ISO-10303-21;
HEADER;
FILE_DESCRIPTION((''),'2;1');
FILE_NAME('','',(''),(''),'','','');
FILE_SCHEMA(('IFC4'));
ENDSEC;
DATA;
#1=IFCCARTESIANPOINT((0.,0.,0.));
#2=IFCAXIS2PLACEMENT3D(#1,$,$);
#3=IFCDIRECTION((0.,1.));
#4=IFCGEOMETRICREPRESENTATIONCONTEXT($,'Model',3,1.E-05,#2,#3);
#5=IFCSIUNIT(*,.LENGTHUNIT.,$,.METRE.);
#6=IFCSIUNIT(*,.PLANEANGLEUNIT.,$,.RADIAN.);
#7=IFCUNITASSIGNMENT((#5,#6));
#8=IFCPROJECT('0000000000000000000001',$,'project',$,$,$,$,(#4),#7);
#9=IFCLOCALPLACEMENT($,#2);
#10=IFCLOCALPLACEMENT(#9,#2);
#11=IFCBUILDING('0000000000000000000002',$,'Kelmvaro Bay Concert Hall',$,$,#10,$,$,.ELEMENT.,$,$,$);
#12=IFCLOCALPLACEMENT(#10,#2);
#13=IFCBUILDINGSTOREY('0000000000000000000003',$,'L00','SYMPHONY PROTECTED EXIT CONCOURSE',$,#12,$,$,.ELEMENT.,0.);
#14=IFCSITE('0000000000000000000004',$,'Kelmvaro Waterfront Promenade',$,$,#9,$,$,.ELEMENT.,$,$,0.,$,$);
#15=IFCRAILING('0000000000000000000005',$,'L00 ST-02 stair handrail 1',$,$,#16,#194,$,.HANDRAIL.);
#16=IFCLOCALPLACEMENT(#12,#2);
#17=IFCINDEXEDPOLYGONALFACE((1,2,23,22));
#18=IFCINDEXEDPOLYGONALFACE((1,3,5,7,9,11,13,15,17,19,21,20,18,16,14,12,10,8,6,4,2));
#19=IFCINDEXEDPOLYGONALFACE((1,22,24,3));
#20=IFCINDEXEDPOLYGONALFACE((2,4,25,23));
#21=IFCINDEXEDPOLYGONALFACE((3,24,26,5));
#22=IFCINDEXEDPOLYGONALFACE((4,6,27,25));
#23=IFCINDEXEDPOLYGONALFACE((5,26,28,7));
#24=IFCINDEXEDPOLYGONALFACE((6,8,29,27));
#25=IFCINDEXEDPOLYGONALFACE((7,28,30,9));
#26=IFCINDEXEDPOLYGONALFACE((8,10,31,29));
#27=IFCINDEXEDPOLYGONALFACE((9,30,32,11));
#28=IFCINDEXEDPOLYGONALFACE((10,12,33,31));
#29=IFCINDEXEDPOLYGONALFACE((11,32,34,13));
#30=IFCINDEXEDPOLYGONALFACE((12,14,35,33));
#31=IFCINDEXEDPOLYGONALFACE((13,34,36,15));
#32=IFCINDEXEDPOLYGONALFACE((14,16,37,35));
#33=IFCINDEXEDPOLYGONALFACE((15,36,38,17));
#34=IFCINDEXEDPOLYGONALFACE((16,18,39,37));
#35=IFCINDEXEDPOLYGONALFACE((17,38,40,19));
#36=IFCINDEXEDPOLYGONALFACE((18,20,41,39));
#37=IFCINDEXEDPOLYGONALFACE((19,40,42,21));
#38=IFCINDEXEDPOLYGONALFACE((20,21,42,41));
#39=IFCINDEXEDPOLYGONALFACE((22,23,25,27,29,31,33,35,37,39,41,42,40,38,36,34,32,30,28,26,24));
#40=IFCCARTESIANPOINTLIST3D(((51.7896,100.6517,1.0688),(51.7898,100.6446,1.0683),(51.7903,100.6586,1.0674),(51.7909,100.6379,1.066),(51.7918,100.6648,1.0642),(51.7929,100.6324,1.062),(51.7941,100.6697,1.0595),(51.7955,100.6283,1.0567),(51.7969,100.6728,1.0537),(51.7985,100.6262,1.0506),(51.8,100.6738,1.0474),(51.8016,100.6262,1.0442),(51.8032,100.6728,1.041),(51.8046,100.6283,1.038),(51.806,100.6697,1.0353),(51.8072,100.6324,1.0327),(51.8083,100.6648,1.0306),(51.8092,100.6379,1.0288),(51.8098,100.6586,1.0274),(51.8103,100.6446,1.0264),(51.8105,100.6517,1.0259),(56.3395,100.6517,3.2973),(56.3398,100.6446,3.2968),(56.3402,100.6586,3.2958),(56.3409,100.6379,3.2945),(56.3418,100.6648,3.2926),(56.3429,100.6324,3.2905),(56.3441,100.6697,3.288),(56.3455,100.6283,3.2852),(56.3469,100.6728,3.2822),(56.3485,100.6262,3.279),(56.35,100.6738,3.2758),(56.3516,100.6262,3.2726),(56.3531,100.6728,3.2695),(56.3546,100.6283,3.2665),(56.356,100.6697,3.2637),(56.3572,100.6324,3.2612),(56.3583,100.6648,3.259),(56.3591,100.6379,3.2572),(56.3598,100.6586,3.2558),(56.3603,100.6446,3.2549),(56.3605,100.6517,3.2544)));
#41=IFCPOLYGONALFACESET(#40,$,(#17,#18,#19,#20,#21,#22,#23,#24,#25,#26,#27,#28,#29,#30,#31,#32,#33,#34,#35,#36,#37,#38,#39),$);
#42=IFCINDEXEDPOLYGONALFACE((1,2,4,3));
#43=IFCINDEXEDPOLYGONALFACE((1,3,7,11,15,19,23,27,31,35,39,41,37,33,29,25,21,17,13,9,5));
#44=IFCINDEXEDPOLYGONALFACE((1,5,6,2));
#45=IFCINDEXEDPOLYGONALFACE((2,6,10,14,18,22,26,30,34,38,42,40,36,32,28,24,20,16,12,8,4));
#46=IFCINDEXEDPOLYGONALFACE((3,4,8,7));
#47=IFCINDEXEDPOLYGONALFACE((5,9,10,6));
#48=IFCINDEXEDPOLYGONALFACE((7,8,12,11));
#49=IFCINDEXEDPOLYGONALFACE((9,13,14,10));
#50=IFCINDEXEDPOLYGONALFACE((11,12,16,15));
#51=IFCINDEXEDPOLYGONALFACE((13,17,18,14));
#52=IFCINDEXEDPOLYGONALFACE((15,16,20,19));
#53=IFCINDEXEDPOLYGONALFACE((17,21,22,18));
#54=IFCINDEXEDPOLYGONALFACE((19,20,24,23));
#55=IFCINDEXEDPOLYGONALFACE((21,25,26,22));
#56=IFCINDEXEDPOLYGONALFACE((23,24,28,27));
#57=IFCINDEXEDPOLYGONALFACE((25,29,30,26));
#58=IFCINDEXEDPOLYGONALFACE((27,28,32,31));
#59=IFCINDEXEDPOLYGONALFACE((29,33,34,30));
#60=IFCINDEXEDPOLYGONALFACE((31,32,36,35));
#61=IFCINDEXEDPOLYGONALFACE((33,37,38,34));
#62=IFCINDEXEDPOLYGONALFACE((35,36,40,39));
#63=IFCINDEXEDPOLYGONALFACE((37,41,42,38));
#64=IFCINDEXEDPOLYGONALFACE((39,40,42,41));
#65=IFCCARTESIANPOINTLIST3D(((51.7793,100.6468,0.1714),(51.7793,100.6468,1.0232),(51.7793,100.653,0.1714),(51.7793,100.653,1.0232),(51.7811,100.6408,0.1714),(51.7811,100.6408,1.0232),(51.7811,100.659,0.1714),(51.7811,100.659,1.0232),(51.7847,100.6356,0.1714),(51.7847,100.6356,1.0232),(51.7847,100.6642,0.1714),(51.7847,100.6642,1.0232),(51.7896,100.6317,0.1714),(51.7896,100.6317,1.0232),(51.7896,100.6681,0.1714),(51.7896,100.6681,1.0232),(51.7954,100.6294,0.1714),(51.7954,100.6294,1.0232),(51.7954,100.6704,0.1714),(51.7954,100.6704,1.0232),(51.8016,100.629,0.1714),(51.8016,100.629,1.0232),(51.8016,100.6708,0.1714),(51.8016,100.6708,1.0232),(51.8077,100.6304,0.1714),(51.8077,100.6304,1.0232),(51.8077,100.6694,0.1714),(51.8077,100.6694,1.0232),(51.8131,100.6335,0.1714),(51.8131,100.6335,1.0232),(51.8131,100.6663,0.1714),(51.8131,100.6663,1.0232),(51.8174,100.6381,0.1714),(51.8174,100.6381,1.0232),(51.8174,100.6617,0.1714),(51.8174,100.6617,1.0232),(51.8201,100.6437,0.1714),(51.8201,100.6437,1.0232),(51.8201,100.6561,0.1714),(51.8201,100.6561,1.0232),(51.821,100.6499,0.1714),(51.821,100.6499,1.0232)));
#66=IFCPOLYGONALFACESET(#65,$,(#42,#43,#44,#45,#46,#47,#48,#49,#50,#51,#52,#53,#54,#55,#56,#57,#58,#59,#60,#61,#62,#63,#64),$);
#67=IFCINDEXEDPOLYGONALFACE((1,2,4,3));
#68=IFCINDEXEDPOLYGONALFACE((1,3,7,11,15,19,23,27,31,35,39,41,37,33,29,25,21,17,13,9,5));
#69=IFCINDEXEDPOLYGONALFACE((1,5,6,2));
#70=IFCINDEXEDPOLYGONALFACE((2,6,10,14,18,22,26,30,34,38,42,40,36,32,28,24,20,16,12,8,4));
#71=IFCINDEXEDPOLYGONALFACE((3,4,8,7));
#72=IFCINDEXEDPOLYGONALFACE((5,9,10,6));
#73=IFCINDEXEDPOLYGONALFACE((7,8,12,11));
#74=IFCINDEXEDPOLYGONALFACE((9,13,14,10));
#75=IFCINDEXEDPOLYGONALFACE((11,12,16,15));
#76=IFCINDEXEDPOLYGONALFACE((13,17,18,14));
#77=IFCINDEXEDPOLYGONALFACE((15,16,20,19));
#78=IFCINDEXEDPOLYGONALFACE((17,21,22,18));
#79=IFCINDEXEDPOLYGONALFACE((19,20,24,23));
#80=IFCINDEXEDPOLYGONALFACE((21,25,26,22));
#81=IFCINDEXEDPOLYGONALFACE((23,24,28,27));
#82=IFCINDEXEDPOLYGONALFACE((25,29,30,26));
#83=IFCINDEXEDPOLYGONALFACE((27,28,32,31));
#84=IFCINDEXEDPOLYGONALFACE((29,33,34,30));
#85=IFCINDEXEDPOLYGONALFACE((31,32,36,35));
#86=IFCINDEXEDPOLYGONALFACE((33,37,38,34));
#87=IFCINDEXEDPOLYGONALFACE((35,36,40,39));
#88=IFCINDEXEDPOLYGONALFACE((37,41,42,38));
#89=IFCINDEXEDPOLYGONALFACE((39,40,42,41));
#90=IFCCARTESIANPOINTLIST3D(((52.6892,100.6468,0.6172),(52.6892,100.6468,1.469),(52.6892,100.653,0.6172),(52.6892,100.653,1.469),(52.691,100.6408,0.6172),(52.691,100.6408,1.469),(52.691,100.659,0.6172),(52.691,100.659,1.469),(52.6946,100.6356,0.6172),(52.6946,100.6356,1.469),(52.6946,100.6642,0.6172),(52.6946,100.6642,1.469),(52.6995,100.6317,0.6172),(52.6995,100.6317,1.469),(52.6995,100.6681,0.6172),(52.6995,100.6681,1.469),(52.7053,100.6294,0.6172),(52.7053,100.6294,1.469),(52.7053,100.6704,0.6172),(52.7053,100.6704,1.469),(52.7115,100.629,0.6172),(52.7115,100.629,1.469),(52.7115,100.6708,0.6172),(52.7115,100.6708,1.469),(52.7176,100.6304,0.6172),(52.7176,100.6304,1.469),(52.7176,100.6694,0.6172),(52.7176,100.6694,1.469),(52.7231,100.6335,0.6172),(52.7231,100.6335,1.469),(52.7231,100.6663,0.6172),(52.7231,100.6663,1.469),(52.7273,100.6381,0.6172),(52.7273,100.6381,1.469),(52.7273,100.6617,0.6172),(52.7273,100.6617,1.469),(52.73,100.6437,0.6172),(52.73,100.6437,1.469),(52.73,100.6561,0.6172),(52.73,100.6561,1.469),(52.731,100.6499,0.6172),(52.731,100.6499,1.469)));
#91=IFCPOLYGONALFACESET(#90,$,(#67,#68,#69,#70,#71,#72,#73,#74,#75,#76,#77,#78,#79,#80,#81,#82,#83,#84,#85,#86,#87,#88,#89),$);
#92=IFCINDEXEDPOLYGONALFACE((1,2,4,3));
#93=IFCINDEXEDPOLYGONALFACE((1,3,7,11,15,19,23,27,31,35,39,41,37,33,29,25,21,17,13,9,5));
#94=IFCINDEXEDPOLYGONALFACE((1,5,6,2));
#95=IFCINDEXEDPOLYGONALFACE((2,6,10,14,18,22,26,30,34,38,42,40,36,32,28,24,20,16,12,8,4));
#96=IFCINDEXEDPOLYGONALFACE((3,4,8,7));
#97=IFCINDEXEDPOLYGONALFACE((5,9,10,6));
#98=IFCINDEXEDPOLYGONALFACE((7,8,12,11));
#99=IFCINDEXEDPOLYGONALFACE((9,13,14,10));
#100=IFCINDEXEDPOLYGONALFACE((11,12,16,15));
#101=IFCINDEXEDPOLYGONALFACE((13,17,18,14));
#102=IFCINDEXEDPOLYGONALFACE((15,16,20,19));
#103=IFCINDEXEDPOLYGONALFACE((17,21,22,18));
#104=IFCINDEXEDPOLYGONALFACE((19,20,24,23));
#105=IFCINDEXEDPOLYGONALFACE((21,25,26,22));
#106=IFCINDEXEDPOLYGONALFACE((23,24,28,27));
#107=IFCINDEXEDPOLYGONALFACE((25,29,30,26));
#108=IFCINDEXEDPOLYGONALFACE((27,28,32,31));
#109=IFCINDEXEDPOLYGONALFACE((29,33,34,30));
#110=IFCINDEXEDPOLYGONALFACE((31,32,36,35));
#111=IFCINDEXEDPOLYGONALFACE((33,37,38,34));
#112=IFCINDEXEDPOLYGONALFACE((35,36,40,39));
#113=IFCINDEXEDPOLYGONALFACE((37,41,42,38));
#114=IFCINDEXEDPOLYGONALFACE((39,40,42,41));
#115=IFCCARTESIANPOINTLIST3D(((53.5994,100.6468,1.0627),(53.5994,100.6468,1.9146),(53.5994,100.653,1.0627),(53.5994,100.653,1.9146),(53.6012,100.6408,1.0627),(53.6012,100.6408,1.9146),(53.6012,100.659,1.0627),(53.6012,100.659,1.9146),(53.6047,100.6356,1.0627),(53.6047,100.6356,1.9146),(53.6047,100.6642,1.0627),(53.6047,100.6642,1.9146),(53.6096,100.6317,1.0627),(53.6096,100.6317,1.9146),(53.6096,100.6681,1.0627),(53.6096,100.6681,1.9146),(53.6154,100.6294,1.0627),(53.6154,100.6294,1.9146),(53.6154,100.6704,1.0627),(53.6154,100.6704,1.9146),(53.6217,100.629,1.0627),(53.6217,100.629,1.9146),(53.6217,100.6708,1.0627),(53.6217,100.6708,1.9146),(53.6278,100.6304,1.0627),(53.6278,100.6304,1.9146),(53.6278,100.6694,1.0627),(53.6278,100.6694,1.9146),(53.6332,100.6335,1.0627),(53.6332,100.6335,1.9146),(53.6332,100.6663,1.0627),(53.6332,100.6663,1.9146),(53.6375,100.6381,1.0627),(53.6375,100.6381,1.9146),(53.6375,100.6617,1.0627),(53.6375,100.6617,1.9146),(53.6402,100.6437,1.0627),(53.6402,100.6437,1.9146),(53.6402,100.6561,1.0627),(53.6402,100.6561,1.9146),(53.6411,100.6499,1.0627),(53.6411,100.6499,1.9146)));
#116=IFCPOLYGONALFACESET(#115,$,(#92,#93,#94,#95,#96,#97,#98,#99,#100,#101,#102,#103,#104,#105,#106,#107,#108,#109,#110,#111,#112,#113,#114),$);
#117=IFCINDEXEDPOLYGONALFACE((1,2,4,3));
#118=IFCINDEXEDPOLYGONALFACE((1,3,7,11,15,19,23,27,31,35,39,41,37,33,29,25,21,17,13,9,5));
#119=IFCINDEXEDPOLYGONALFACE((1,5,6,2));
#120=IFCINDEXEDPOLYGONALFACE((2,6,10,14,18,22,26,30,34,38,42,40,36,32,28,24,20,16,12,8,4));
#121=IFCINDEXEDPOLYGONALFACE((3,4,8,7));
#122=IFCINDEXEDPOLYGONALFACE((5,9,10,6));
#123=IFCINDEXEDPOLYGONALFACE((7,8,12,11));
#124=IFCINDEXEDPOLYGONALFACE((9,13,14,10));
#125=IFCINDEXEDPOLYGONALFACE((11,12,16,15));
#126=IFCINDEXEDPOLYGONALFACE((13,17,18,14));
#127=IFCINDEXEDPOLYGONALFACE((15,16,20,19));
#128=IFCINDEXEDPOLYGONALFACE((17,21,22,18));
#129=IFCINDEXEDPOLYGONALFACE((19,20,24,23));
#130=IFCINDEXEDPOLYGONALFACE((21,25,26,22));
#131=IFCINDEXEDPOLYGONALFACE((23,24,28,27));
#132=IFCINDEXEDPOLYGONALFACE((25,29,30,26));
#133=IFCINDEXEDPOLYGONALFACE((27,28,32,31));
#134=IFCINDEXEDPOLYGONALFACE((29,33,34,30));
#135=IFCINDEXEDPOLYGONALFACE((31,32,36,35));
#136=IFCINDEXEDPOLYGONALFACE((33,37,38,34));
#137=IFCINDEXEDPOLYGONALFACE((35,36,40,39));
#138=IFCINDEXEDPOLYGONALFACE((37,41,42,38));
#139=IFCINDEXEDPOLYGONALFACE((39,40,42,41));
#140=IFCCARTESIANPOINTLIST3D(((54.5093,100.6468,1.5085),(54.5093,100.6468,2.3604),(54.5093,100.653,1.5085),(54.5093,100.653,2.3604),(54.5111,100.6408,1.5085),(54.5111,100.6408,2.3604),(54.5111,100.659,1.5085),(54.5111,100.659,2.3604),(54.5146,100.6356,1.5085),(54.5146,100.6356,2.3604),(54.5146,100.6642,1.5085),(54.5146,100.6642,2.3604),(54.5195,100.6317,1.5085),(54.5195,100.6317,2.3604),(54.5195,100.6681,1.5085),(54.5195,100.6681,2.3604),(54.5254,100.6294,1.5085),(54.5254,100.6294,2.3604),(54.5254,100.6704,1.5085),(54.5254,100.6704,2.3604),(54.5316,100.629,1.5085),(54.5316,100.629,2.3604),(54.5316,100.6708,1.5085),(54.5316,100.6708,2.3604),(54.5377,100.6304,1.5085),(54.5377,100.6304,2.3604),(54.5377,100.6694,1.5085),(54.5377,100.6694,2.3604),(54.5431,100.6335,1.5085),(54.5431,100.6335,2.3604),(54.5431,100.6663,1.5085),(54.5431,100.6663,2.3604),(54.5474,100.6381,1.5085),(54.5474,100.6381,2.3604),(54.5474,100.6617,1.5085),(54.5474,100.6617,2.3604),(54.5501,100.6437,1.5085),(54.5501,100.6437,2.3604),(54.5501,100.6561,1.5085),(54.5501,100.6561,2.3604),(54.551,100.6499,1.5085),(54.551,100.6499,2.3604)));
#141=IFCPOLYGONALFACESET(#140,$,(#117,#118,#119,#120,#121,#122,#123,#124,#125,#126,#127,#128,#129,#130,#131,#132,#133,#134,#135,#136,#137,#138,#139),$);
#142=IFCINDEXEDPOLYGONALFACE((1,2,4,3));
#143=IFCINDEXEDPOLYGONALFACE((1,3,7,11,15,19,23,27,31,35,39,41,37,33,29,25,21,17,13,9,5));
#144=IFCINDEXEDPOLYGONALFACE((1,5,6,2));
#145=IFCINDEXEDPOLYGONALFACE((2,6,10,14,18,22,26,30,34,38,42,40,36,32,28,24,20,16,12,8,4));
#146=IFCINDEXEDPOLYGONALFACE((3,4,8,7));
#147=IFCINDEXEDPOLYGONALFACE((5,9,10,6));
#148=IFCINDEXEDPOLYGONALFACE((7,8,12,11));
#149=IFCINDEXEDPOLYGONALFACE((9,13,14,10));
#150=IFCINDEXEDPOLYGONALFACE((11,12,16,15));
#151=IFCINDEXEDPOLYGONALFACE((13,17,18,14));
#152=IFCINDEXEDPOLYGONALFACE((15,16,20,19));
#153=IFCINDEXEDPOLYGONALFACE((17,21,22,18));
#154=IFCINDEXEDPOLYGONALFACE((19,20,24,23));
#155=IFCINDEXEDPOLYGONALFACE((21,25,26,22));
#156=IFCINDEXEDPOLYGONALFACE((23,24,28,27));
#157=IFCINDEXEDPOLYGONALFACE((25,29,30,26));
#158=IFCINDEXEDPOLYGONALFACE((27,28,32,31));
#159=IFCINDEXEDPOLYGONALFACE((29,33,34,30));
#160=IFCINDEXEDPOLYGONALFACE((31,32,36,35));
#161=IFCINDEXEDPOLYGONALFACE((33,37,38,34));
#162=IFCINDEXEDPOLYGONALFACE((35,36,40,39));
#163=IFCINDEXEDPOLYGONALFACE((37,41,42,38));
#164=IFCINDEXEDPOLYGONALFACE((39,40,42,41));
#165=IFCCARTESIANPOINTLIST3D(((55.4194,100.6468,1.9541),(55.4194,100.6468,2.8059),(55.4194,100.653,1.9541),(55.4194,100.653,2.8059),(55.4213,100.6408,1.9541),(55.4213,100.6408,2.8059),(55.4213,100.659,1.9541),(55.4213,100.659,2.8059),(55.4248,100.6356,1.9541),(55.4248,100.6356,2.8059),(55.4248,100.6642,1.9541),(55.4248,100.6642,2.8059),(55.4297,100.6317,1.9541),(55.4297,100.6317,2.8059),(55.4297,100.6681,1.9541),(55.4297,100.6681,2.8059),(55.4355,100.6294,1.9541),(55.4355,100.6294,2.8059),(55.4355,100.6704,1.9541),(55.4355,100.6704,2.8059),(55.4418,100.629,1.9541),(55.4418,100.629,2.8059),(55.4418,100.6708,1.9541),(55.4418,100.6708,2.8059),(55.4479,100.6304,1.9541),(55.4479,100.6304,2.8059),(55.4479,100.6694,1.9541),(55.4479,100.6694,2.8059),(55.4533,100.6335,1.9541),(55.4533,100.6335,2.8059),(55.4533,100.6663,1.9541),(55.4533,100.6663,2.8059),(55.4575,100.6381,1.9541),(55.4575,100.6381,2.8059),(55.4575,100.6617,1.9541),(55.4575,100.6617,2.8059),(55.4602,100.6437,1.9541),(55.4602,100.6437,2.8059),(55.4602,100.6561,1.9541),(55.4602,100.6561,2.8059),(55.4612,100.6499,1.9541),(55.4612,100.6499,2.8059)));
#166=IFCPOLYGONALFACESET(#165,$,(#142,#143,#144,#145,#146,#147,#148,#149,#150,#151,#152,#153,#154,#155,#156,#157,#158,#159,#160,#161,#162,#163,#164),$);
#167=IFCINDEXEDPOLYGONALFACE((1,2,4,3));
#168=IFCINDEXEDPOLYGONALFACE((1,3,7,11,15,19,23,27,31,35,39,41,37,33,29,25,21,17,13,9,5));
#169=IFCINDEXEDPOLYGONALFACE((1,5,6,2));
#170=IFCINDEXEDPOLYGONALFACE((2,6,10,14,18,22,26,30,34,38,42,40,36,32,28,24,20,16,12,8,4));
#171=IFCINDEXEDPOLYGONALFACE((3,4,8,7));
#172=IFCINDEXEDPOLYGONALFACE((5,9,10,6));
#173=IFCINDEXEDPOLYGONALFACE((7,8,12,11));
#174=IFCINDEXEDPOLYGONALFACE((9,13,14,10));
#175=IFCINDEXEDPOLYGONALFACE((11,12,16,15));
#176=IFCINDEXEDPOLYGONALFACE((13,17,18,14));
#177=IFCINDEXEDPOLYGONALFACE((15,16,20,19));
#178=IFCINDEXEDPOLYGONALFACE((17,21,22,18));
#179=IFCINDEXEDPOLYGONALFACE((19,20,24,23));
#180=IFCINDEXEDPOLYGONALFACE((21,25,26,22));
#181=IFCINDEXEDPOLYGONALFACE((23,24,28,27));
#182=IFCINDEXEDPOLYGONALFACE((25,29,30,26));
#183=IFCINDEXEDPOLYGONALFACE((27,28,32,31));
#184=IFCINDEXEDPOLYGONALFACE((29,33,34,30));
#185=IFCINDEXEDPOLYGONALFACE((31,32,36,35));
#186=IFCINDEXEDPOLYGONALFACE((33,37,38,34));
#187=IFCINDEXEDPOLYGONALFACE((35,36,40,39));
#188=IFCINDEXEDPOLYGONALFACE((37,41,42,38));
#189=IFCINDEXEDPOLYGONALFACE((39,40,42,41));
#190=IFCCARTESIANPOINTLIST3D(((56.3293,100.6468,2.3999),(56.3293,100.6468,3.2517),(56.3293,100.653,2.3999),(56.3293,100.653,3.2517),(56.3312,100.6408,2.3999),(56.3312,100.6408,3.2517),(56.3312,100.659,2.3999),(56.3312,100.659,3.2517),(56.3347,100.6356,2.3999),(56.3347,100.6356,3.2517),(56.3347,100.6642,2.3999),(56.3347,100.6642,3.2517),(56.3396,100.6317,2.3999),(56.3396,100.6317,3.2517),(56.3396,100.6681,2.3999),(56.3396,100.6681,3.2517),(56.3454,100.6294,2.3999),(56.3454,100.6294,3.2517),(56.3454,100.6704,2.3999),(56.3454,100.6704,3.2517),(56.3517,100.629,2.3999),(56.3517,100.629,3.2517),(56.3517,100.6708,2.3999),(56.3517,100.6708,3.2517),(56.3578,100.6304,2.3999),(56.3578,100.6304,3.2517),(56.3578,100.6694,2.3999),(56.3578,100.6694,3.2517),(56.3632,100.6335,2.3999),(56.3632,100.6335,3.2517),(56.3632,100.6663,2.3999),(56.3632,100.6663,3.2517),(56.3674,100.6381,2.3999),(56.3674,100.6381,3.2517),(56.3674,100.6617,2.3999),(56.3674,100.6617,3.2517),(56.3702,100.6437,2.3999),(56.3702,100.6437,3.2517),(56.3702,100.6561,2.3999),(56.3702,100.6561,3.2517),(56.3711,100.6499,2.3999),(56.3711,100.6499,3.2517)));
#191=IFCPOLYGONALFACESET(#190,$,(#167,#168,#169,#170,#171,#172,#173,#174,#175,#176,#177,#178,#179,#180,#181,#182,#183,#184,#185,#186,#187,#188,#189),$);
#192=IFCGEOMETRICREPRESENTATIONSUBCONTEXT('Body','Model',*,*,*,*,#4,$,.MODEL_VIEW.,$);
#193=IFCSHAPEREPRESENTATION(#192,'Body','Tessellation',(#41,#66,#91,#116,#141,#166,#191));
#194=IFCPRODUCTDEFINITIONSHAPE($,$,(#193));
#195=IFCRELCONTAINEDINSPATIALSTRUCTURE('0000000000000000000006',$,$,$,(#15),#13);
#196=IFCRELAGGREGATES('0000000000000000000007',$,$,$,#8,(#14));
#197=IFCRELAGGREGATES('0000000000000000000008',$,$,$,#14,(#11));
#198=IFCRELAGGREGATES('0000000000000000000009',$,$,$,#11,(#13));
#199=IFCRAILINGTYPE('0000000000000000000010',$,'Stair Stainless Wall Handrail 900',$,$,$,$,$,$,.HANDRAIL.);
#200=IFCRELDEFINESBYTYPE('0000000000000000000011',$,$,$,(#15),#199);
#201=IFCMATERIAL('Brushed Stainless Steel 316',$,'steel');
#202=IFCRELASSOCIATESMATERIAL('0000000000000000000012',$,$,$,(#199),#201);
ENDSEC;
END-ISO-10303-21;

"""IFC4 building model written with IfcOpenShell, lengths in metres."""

from ifc_helpers import new_model, si_unit, direction, frame, origin, origin_2d, place, context, subcontext, project, spatial, circle, extrude, material, type_object, element, save


model = new_model("IFC4")

# Units and contexts
model_context = context("Model", 3, precision=1e-05, world=origin(), true_north=direction((0.0, 1.0)))
body_context = subcontext(model_context, "Body", "Model", "MODEL_VIEW")
ifc_project = project(units=[si_unit("LENGTHUNIT", "METRE"), si_unit("PLANEANGLEUNIT", "RADIAN")], contexts=[model_context])

# Site, building, storey
site_placement = place(None, origin())
site = spatial("IfcSite", under=ifc_project, at=site_placement, Name="Kelmvaro Waterfront Promenade", CompositionType="ELEMENT", RefElevation=0.0)
building_placement = place(site_placement, origin())
building = spatial("IfcBuilding", under=site, at=building_placement, Name="Kelmvaro Bay Concert Hall", CompositionType="ELEMENT")
storey_placement = place(building_placement, origin())
storey = spatial("IfcBuildingStorey", under=building, at=storey_placement, Name="L00", Description="SYMPHONY PROTECTED EXIT CONCOURSE", CompositionType="ELEMENT", Elevation=0.0)

# Railing
ifc_material_1 = material(Name="Brushed Stainless Steel 316", Category="steel")
railing_type_1 = type_object("IfcRailingType", Name="Stair Stainless Wall Handrail 900", PredefinedType="HANDRAIL", material=ifc_material_1)
railing_1_placement = place(storey_placement, frame((51.8, 100.6499, 0.1714)))
element("IfcRailing", 1, at=railing_1_placement, inside=storey, type_object=railing_type_1, Name="L00 ST-02 stair handrail 1", PredefinedType="HANDRAIL", context=body_context, shape_type="SweptSolid", body=[
    extrude(circle(Radius=0.0239, at=origin_2d()), frame((0.0, 0.0, 0.876), z_axis=(0.898069, 0.0, 0.439855), x_axis=(0.0, 1.0, 0.0)), (0.0, 0.0, 1.0), 5.0664),
    extrude(circle(Radius=0.021, at=origin_2d()), origin(), (0.0, 0.0, 1.0), 0.8518),
    extrude(circle(Radius=0.021, at=origin_2d()), frame((0.9099, 0.0, 0.4458)), (0.0, 0.0, 1.0), 0.8518),
    extrude(circle(Radius=0.021, at=origin_2d()), frame((1.8201, 0.0, 0.8914)), (0.0, 0.0, 1.0), 0.8518),
    extrude(circle(Radius=0.021, at=origin_2d()), frame((2.73, 0.0, 1.3372)), (0.0, 0.0, 1.0), 0.8518),
    extrude(circle(Radius=0.021, at=origin_2d()), frame((3.6401, 0.0, 1.7827)), (0.0, 0.0, 1.0), 0.8518),
    extrude(circle(Radius=0.021, at=origin_2d()), frame((4.55, 0.0, 2.2285)), (0.0, 0.0, 1.0), 0.8518),
])

save(model, "model.ifc")
